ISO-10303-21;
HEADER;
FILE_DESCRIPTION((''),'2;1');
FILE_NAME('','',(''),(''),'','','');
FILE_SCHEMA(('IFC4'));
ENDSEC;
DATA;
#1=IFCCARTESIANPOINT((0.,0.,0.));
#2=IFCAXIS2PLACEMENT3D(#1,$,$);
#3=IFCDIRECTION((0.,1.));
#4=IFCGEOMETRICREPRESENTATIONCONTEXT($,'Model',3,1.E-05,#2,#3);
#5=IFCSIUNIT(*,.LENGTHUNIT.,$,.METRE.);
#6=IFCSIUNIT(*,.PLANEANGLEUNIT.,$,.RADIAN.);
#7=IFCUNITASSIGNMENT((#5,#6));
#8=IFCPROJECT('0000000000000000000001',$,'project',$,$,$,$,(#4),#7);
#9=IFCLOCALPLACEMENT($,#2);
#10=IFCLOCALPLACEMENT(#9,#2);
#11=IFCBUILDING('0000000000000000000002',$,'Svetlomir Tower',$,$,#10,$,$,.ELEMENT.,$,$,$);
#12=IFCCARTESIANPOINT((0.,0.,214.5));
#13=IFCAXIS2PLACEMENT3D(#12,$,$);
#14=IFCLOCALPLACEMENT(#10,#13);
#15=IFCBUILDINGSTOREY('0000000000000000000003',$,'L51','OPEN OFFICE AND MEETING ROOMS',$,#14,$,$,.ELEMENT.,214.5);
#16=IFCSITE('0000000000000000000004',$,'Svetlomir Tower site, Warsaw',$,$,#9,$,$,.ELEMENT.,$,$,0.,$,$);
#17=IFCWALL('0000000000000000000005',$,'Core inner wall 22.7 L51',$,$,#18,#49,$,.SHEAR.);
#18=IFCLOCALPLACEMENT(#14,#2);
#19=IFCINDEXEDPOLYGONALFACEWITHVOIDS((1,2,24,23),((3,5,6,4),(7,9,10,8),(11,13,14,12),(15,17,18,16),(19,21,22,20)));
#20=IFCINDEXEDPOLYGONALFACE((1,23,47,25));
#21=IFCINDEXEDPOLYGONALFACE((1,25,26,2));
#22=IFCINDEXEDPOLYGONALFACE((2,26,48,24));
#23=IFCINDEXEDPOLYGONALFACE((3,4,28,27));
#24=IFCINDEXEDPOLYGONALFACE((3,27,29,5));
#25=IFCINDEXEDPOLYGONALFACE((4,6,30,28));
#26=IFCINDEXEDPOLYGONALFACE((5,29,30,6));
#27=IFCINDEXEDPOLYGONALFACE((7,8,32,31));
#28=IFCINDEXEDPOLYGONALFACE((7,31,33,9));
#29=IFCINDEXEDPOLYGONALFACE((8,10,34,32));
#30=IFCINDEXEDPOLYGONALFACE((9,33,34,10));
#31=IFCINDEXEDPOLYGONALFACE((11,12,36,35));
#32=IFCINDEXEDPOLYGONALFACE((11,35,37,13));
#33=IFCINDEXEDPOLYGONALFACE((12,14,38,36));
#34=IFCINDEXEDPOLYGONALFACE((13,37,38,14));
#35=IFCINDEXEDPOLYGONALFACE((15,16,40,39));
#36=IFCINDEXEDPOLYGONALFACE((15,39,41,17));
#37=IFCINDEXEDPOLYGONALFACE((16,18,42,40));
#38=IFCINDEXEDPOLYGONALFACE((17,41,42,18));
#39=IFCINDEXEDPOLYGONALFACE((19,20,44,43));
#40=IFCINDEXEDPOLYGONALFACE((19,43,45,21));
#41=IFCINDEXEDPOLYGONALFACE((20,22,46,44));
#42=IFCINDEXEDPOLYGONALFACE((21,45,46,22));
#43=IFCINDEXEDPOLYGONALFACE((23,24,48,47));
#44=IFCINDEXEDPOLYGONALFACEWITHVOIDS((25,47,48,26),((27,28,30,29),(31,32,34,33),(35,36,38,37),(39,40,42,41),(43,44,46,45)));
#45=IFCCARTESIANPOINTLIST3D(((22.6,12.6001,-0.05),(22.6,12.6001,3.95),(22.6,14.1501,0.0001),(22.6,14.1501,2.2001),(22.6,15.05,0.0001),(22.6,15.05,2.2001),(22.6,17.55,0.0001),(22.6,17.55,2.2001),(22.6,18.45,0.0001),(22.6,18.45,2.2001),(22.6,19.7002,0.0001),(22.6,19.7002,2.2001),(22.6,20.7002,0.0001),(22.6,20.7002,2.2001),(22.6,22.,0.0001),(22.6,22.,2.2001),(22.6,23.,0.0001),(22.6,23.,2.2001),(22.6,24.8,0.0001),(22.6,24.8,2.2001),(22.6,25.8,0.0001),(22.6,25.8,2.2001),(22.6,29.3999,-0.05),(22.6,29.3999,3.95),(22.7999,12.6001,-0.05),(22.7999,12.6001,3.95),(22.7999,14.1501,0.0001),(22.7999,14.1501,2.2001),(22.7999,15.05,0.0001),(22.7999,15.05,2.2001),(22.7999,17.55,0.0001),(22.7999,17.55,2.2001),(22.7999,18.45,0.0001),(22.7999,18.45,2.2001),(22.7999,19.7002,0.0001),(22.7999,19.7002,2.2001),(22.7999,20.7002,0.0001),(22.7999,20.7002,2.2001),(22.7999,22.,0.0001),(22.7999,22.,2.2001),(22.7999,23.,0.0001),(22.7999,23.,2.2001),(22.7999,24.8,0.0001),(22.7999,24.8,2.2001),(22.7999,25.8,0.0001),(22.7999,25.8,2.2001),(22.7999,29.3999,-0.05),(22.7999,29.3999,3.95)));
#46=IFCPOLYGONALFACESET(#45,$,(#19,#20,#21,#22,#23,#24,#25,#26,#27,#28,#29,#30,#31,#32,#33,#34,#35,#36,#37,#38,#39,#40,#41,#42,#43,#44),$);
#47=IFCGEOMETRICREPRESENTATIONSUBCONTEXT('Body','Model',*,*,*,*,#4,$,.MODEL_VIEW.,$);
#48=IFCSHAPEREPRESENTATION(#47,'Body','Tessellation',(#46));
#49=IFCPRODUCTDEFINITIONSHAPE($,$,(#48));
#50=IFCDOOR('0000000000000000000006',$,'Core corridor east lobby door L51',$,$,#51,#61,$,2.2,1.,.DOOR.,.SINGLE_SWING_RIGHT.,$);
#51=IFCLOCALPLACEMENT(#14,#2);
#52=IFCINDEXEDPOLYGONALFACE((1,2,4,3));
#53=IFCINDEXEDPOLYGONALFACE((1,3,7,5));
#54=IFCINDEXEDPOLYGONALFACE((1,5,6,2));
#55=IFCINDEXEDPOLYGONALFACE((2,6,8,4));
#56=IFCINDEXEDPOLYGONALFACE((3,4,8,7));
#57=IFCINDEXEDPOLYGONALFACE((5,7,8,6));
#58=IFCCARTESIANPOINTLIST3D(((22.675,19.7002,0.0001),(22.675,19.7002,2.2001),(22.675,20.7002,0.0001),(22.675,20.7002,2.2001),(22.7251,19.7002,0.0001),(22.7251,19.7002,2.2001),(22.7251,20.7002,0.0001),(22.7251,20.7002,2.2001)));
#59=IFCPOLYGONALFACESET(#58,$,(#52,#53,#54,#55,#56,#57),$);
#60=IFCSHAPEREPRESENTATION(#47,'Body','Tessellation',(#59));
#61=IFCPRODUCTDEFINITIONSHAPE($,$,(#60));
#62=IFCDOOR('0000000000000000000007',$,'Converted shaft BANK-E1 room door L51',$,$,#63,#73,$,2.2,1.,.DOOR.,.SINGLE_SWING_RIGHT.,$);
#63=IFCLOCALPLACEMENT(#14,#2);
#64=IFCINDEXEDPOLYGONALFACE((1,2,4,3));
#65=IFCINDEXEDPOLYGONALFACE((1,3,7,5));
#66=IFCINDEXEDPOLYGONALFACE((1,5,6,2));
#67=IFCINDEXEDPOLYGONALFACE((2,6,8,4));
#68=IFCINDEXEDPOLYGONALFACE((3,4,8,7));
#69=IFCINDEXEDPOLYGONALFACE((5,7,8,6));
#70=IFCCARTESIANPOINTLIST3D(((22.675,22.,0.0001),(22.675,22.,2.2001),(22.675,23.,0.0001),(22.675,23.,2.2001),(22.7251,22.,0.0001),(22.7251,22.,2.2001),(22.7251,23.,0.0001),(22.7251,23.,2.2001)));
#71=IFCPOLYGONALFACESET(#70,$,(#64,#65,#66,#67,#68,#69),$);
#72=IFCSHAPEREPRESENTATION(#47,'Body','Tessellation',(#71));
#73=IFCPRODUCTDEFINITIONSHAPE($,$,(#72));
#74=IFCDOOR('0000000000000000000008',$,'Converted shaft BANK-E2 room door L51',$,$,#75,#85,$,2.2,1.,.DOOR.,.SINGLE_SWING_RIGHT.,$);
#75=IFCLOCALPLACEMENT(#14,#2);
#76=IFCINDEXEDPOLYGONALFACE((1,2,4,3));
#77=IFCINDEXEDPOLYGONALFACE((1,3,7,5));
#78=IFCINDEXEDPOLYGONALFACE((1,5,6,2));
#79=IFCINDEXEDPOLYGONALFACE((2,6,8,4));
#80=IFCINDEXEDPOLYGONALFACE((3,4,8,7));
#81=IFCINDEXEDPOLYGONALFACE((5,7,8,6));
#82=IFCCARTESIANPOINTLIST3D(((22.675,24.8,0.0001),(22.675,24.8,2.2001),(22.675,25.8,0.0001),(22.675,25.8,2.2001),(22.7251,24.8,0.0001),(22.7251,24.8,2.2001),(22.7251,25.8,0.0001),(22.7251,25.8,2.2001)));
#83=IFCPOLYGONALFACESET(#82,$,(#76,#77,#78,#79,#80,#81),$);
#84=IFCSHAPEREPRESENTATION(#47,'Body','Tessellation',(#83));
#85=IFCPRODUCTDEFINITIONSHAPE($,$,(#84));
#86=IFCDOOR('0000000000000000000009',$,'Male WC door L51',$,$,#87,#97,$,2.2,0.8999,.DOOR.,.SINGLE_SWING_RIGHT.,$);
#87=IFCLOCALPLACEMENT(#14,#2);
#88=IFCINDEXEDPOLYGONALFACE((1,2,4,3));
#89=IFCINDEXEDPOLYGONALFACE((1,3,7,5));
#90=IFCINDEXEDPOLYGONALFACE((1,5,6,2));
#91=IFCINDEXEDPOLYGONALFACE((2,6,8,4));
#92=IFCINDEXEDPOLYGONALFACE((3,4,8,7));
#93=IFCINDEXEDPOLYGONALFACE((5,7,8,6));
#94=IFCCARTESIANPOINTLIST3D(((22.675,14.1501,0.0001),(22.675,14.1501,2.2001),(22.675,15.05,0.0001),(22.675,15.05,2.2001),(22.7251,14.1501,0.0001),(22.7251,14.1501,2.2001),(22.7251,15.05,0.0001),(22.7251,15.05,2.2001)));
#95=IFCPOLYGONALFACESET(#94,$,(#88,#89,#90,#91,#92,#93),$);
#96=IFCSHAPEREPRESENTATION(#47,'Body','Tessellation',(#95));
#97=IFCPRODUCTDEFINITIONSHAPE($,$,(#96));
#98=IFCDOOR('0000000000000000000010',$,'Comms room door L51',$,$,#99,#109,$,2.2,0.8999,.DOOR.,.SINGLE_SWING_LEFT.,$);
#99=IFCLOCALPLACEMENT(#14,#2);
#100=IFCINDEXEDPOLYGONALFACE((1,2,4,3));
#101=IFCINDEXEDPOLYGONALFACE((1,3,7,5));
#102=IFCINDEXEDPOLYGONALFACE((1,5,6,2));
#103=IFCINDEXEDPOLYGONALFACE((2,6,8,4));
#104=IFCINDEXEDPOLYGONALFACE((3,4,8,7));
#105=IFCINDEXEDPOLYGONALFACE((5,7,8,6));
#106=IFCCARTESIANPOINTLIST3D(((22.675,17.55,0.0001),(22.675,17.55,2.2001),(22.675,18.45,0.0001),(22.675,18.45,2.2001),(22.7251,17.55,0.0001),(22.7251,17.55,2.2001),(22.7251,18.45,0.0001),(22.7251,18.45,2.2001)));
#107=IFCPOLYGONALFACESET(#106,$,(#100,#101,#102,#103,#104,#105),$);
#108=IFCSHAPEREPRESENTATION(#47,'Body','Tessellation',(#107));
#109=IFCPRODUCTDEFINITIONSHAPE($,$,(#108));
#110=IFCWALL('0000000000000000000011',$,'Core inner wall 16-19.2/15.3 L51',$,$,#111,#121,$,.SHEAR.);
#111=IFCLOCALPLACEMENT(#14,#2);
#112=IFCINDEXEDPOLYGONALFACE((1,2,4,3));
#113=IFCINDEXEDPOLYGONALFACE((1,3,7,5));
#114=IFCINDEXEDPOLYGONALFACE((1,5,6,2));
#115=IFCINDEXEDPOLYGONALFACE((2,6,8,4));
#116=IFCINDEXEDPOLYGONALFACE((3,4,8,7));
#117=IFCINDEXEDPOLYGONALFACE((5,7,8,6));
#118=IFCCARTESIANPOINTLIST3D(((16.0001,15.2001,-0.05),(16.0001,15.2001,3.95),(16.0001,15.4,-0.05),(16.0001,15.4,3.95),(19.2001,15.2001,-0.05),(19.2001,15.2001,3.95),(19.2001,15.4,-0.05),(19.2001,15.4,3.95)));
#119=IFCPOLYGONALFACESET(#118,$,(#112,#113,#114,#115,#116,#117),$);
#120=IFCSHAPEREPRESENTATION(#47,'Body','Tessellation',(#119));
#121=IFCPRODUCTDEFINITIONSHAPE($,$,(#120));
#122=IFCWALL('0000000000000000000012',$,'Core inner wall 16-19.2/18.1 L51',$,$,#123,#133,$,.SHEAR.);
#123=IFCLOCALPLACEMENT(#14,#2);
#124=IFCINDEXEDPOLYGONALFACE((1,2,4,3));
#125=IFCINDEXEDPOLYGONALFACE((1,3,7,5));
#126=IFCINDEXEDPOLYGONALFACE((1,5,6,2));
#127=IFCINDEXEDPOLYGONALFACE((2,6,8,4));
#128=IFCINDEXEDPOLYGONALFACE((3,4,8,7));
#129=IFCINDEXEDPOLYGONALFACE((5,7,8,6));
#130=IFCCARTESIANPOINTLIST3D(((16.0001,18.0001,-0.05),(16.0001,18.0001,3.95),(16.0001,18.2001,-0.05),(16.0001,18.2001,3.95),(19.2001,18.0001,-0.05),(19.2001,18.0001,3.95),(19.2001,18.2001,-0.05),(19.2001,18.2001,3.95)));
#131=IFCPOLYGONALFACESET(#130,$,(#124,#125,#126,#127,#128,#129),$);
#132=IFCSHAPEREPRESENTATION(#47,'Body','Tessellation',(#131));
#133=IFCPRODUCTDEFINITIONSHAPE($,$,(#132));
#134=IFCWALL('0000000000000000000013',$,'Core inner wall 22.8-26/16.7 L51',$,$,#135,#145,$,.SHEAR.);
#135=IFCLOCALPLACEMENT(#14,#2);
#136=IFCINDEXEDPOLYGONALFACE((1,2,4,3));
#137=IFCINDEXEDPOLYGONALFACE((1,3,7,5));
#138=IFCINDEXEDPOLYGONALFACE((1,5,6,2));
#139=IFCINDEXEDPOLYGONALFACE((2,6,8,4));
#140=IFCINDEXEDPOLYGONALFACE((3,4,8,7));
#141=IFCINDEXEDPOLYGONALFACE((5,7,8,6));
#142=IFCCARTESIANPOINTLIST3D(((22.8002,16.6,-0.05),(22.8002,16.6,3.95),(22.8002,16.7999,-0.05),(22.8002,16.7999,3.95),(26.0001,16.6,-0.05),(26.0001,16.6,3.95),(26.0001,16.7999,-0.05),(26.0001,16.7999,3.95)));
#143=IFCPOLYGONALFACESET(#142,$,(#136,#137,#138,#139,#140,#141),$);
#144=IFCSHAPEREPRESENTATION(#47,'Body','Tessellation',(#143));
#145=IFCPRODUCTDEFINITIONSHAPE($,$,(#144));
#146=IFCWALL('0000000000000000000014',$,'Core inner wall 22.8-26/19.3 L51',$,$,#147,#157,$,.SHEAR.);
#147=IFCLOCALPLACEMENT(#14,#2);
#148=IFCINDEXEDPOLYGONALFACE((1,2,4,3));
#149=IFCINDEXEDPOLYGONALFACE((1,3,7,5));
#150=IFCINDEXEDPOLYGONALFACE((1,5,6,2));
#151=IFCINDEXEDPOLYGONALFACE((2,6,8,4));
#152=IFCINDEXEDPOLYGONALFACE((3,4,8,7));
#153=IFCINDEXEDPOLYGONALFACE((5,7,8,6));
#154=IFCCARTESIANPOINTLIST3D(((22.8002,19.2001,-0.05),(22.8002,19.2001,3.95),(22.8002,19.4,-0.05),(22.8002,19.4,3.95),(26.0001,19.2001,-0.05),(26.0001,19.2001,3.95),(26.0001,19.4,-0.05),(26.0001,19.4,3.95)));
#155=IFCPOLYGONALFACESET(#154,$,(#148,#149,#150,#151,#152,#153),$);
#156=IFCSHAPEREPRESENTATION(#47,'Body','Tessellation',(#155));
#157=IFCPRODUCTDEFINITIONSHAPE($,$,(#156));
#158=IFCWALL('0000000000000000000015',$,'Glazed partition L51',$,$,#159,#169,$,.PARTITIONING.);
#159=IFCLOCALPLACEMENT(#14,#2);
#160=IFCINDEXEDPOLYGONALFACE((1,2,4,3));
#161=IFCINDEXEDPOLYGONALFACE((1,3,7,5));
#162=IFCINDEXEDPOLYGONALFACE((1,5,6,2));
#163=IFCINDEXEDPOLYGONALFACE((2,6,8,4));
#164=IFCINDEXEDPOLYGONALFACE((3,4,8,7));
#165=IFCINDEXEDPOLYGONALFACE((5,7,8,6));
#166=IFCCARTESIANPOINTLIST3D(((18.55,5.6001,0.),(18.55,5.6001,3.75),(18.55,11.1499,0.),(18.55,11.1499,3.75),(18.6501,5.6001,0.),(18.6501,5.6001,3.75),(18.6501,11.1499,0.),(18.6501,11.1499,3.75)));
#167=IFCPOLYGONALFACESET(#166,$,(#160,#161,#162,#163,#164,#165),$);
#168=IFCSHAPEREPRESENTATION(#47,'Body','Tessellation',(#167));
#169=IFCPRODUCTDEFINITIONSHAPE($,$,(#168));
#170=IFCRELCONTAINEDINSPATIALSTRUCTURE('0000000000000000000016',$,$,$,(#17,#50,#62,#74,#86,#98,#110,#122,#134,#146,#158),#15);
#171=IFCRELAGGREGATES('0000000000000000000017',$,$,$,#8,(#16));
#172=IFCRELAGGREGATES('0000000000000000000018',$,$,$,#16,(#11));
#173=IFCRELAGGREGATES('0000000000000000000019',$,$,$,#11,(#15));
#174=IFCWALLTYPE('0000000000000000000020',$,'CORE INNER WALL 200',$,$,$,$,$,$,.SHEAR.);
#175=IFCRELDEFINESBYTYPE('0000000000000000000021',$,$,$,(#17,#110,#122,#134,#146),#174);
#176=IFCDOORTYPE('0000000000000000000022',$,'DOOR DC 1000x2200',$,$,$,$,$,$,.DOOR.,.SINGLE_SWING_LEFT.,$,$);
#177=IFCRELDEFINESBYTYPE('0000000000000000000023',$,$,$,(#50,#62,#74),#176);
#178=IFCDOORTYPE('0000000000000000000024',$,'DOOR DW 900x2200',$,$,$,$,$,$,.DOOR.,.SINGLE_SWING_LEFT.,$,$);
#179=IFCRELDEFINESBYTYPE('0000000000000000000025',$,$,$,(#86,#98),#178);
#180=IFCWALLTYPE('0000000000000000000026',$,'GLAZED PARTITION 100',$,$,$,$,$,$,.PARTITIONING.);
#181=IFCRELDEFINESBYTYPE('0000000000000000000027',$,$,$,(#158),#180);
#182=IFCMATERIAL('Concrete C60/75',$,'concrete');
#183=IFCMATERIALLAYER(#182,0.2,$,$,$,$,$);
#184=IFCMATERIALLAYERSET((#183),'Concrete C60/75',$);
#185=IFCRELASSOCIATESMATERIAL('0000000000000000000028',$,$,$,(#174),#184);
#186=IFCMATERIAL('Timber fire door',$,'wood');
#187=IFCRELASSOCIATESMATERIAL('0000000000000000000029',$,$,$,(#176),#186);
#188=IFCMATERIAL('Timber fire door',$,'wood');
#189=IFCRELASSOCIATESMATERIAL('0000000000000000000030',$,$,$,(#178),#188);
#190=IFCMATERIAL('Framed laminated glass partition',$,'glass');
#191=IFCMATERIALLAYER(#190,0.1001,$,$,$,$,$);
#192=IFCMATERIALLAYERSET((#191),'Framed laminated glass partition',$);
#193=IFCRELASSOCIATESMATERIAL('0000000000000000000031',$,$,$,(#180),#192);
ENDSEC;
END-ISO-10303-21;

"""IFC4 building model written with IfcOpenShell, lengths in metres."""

from ifc_helpers import new_model, si_unit, direction, frame, frame_2d, origin, place, context, subcontext, project, spatial, rectangle, extrude, material, layer, layer_set, type_object, element, fill, save


model = new_model("IFC4")

# Units and contexts
model_context = context("Model", 3, precision=1e-05, world=origin(), true_north=direction((0.0, 1.0)))
body_context = subcontext(model_context, "Body", "Model", "MODEL_VIEW")
ifc_project = project(units=[si_unit("LENGTHUNIT", "METRE"), si_unit("PLANEANGLEUNIT", "RADIAN")], contexts=[model_context])

# Site, building, storey
site_placement = place(None, origin())
site = spatial("IfcSite", under=ifc_project, at=site_placement, Name="Svetlomir Tower site, Warsaw", CompositionType="ELEMENT", RefElevation=0.0)
building_placement = place(site_placement, origin())
building = spatial("IfcBuilding", under=site, at=building_placement, Name="Svetlomir Tower", CompositionType="ELEMENT")
storey_placement = place(building_placement, frame((0.0, 0.0, 214.5)))
storey = spatial("IfcBuildingStorey", under=building, at=storey_placement, Name="L51", Description="OPEN OFFICE AND MEETING ROOMS", CompositionType="ELEMENT", Elevation=214.5)

# Shared definitions
ifc_material_1 = material(Name="Concrete C60/75", Category="concrete")
ifc_layer_1 = layer(ifc_material_1, 0.2)
ifc_layer_set_1 = layer_set([ifc_layer_1], Name="Concrete C60/75")
wall_type_1 = type_object("IfcWallType", Name="CORE INNER WALL 200", PredefinedType="SHEAR", material=ifc_layer_set_1)

# Wall, openings, doors
ifc_material_2 = material(Name="Timber fire door", Category="wood")
door_type_1 = type_object("IfcDoorType", Name="DOOR DC 1000x2200", OperationType="SINGLE_SWING_LEFT", PredefinedType="DOOR", material=ifc_material_2)
ifc_material_3 = material(Name="Timber fire door", Category="wood")
door_type_2 = type_object("IfcDoorType", Name="DOOR DW 900x2200", OperationType="SINGLE_SWING_LEFT", PredefinedType="DOOR", material=ifc_material_3)
wall_1_placement = place(storey_placement, frame((22.7, 12.6001, -0.05), z_axis=(0.0, 0.0, 1.0), x_axis=(0.0, 1.0, 0.0)))
wall_1 = element("IfcWall", 1, at=wall_1_placement, inside=storey, type_object=wall_type_1, Name="Core inner wall 22.7 L51", PredefinedType="SHEAR", context=body_context, shape_type="SweptSolid", body=[
    extrude(rectangle(XDim=16.7998, YDim=0.2, at=frame_2d((8.3999, 0.0))), origin(), (0.0, 0.0, 1.0), 4.0),
])
opening_1_placement = place(wall_1_placement, frame((7.1001, 0.0, 0.05)))
opening_1 = element("IfcOpeningElement", 2, at=opening_1_placement, cuts=wall_1, PredefinedType="OPENING", context=body_context, shape_type="SweptSolid", body=[
    extrude(rectangle(XDim=1.0, YDim=2.2, at=frame_2d((0.5, 1.1001))), frame((0.0, 0.1099, 0.0), z_axis=(0.0, -1.0, 0.0), x_axis=(1.0, 0.0, 0.0)), (0.0, 0.0, 1.0), 0.22),
])
opening_2_placement = place(wall_1_placement, frame((1.55, 0.0, 0.05)))
opening_2 = element("IfcOpeningElement", 3, at=opening_2_placement, cuts=wall_1, PredefinedType="OPENING", context=body_context, shape_type="SweptSolid", body=[
    extrude(rectangle(XDim=0.8999, YDim=2.2, at=frame_2d((0.45, 1.1001))), frame((0.0, 0.1099, 0.0), z_axis=(0.0, -1.0, 0.0), x_axis=(1.0, 0.0, 0.0)), (0.0, 0.0, 1.0), 0.22),
])
opening_3_placement = place(wall_1_placement, frame((4.95, 0.0, 0.05)))
opening_3 = element("IfcOpeningElement", 4, at=opening_3_placement, cuts=wall_1, PredefinedType="OPENING", context=body_context, shape_type="SweptSolid", body=[
    extrude(rectangle(XDim=0.8999, YDim=2.2, at=frame_2d((0.45, 1.1001))), frame((0.0, 0.1099, 0.0), z_axis=(0.0, -1.0, 0.0), x_axis=(1.0, 0.0, 0.0)), (0.0, 0.0, 1.0), 0.22),
])
opening_4_placement = place(wall_1_placement, frame((9.3999, 0.0, 0.05)))
opening_4 = element("IfcOpeningElement", 5, at=opening_4_placement, cuts=wall_1, PredefinedType="OPENING", context=body_context, shape_type="SweptSolid", body=[
    extrude(rectangle(XDim=1.0, YDim=2.2, at=frame_2d((0.5, 1.1001))), frame((0.0, 0.1099, 0.0), z_axis=(0.0, -1.0, 0.0), x_axis=(1.0, 0.0, 0.0)), (0.0, 0.0, 1.0), 0.22),
])
opening_5_placement = place(wall_1_placement, frame((12.2, 0.0, 0.05)))
opening_5 = element("IfcOpeningElement", 6, at=opening_5_placement, cuts=wall_1, PredefinedType="OPENING", context=body_context, shape_type="SweptSolid", body=[
    extrude(rectangle(XDim=1.0, YDim=2.2, at=frame_2d((0.5, 1.1001))), frame((0.0, 0.1099, 0.0), z_axis=(0.0, -1.0, 0.0), x_axis=(1.0, 0.0, 0.0)), (0.0, 0.0, 1.0), 0.22),
])
door_1_placement = place(opening_1_placement, origin())
door_1 = element("IfcDoor", 7, at=door_1_placement, inside=storey, type_object=door_type_1, Name="Core corridor east lobby door L51", OperationType="SINGLE_SWING_RIGHT", OverallHeight=2.2, OverallWidth=1.0, PredefinedType="DOOR", context=body_context, shape_type="SweptSolid", body=[
    extrude(rectangle(XDim=1.0, YDim=2.2, at=frame_2d((0.5, 1.1001))), frame((0.0, 0.0249, 0.0), z_axis=(0.0, -1.0, 0.0), x_axis=(1.0, 0.0, 0.0)), (0.0, 0.0, 1.0), 0.05),
])
fill(opening_1, door_1)
door_2_placement = place(opening_4_placement, origin())
door_2 = element("IfcDoor", 8, at=door_2_placement, inside=storey, type_object=door_type_1, Name="Converted shaft BANK-E1 room door L51", OperationType="SINGLE_SWING_RIGHT", OverallHeight=2.2, OverallWidth=1.0, PredefinedType="DOOR", context=body_context, shape_type="SweptSolid", body=[
    extrude(rectangle(XDim=1.0, YDim=2.2, at=frame_2d((0.5, 1.1001))), frame((0.0, 0.0249, 0.0), z_axis=(0.0, -1.0, 0.0), x_axis=(1.0, 0.0, 0.0)), (0.0, 0.0, 1.0), 0.05),
])
fill(opening_4, door_2)
door_3_placement = place(opening_5_placement, origin())
door_3 = element("IfcDoor", 9, at=door_3_placement, inside=storey, type_object=door_type_1, Name="Converted shaft BANK-E2 room door L51", OperationType="SINGLE_SWING_RIGHT", OverallHeight=2.2, OverallWidth=1.0, PredefinedType="DOOR", context=body_context, shape_type="SweptSolid", body=[
    extrude(rectangle(XDim=1.0, YDim=2.2, at=frame_2d((0.5, 1.1001))), frame((0.0, 0.0249, 0.0), z_axis=(0.0, -1.0, 0.0), x_axis=(1.0, 0.0, 0.0)), (0.0, 0.0, 1.0), 0.05),
])
fill(opening_5, door_3)
door_4_placement = place(opening_2_placement, origin())
door_4 = element("IfcDoor", 10, at=door_4_placement, inside=storey, type_object=door_type_2, Name="Male WC door L51", OperationType="SINGLE_SWING_RIGHT", OverallHeight=2.2, OverallWidth=0.8999, PredefinedType="DOOR", context=body_context, shape_type="SweptSolid", body=[
    extrude(rectangle(XDim=0.8999, YDim=2.2, at=frame_2d((0.45, 1.1001))), frame((0.0, 0.0249, 0.0), z_axis=(0.0, -1.0, 0.0), x_axis=(1.0, 0.0, 0.0)), (0.0, 0.0, 1.0), 0.05),
])
fill(opening_2, door_4)
door_5_placement = place(opening_3_placement, origin())
door_5 = element("IfcDoor", 11, at=door_5_placement, inside=storey, type_object=door_type_2, Name="Comms room door L51", OperationType="SINGLE_SWING_LEFT", OverallHeight=2.2, OverallWidth=0.8999, PredefinedType="DOOR", context=body_context, shape_type="SweptSolid", body=[
    extrude(rectangle(XDim=0.8999, YDim=2.2, at=frame_2d((0.45, 1.1001))), frame((0.0, 0.0249, 0.0), z_axis=(0.0, -1.0, 0.0), x_axis=(1.0, 0.0, 0.0)), (0.0, 0.0, 1.0), 0.05),
])
fill(opening_3, door_5)

# Walls
for number, where, z_axis, x_axis, name in (
    (12, (16.0, 15.3, -0.05), (0.0, 0.0, 1.0), (1.0, 0.0, 0.0), "Core inner wall 16-19.2/15.3 L51"),
    (13, (16.0, 18.1001, -0.05), (0.0, 0.0, 1.0), (1.0, 0.0, 0.0), "Core inner wall 16-19.2/18.1 L51"),
    (14, (22.8, 16.7, -0.05), (0.0, 0.0, 1.0), (1.0, 0.0, 0.0), "Core inner wall 22.8-26/16.7 L51"),
    (15, (22.8, 19.3, -0.05), (0.0, 0.0, 1.0), (1.0, 0.0, 0.0), "Core inner wall 22.8-26/19.3 L51"),
):
    element("IfcWall", number, at=place(storey_placement, frame(where, z_axis=z_axis, x_axis=x_axis)), inside=storey, type_object=wall_type_1, Name=name, PredefinedType="SHEAR", context=body_context, shape_type="SweptSolid", body=[
        extrude(rectangle(XDim=3.2, YDim=0.2, at=frame_2d((1.6001, 0.0))), origin(), (0.0, 0.0, 1.0), 4.0),
    ])
ifc_material_4 = material(Name="Framed laminated glass partition", Category="glass")
ifc_layer_2 = layer(ifc_material_4, 0.1001)
ifc_layer_set_2 = layer_set([ifc_layer_2], Name="Framed laminated glass partition")
wall_type_2 = type_object("IfcWallType", Name="GLAZED PARTITION 100", PredefinedType="PARTITIONING", material=ifc_layer_set_2)
wall_2_placement = place(storey_placement, frame((18.6001, 5.6001, 0.0), z_axis=(0.0, 0.0, 1.0), x_axis=(0.0, 1.0, 0.0)))
element("IfcWall", 16, at=wall_2_placement, inside=storey, type_object=wall_type_2, Name="Glazed partition L51", PredefinedType="PARTITIONING", context=body_context, shape_type="SweptSolid", body=[
    extrude(rectangle(XDim=5.5498, YDim=0.1001, at=frame_2d((2.7749, 0.0))), origin(), (0.0, 0.0, 1.0), 3.75),
])

save(model, "model.ifc")
